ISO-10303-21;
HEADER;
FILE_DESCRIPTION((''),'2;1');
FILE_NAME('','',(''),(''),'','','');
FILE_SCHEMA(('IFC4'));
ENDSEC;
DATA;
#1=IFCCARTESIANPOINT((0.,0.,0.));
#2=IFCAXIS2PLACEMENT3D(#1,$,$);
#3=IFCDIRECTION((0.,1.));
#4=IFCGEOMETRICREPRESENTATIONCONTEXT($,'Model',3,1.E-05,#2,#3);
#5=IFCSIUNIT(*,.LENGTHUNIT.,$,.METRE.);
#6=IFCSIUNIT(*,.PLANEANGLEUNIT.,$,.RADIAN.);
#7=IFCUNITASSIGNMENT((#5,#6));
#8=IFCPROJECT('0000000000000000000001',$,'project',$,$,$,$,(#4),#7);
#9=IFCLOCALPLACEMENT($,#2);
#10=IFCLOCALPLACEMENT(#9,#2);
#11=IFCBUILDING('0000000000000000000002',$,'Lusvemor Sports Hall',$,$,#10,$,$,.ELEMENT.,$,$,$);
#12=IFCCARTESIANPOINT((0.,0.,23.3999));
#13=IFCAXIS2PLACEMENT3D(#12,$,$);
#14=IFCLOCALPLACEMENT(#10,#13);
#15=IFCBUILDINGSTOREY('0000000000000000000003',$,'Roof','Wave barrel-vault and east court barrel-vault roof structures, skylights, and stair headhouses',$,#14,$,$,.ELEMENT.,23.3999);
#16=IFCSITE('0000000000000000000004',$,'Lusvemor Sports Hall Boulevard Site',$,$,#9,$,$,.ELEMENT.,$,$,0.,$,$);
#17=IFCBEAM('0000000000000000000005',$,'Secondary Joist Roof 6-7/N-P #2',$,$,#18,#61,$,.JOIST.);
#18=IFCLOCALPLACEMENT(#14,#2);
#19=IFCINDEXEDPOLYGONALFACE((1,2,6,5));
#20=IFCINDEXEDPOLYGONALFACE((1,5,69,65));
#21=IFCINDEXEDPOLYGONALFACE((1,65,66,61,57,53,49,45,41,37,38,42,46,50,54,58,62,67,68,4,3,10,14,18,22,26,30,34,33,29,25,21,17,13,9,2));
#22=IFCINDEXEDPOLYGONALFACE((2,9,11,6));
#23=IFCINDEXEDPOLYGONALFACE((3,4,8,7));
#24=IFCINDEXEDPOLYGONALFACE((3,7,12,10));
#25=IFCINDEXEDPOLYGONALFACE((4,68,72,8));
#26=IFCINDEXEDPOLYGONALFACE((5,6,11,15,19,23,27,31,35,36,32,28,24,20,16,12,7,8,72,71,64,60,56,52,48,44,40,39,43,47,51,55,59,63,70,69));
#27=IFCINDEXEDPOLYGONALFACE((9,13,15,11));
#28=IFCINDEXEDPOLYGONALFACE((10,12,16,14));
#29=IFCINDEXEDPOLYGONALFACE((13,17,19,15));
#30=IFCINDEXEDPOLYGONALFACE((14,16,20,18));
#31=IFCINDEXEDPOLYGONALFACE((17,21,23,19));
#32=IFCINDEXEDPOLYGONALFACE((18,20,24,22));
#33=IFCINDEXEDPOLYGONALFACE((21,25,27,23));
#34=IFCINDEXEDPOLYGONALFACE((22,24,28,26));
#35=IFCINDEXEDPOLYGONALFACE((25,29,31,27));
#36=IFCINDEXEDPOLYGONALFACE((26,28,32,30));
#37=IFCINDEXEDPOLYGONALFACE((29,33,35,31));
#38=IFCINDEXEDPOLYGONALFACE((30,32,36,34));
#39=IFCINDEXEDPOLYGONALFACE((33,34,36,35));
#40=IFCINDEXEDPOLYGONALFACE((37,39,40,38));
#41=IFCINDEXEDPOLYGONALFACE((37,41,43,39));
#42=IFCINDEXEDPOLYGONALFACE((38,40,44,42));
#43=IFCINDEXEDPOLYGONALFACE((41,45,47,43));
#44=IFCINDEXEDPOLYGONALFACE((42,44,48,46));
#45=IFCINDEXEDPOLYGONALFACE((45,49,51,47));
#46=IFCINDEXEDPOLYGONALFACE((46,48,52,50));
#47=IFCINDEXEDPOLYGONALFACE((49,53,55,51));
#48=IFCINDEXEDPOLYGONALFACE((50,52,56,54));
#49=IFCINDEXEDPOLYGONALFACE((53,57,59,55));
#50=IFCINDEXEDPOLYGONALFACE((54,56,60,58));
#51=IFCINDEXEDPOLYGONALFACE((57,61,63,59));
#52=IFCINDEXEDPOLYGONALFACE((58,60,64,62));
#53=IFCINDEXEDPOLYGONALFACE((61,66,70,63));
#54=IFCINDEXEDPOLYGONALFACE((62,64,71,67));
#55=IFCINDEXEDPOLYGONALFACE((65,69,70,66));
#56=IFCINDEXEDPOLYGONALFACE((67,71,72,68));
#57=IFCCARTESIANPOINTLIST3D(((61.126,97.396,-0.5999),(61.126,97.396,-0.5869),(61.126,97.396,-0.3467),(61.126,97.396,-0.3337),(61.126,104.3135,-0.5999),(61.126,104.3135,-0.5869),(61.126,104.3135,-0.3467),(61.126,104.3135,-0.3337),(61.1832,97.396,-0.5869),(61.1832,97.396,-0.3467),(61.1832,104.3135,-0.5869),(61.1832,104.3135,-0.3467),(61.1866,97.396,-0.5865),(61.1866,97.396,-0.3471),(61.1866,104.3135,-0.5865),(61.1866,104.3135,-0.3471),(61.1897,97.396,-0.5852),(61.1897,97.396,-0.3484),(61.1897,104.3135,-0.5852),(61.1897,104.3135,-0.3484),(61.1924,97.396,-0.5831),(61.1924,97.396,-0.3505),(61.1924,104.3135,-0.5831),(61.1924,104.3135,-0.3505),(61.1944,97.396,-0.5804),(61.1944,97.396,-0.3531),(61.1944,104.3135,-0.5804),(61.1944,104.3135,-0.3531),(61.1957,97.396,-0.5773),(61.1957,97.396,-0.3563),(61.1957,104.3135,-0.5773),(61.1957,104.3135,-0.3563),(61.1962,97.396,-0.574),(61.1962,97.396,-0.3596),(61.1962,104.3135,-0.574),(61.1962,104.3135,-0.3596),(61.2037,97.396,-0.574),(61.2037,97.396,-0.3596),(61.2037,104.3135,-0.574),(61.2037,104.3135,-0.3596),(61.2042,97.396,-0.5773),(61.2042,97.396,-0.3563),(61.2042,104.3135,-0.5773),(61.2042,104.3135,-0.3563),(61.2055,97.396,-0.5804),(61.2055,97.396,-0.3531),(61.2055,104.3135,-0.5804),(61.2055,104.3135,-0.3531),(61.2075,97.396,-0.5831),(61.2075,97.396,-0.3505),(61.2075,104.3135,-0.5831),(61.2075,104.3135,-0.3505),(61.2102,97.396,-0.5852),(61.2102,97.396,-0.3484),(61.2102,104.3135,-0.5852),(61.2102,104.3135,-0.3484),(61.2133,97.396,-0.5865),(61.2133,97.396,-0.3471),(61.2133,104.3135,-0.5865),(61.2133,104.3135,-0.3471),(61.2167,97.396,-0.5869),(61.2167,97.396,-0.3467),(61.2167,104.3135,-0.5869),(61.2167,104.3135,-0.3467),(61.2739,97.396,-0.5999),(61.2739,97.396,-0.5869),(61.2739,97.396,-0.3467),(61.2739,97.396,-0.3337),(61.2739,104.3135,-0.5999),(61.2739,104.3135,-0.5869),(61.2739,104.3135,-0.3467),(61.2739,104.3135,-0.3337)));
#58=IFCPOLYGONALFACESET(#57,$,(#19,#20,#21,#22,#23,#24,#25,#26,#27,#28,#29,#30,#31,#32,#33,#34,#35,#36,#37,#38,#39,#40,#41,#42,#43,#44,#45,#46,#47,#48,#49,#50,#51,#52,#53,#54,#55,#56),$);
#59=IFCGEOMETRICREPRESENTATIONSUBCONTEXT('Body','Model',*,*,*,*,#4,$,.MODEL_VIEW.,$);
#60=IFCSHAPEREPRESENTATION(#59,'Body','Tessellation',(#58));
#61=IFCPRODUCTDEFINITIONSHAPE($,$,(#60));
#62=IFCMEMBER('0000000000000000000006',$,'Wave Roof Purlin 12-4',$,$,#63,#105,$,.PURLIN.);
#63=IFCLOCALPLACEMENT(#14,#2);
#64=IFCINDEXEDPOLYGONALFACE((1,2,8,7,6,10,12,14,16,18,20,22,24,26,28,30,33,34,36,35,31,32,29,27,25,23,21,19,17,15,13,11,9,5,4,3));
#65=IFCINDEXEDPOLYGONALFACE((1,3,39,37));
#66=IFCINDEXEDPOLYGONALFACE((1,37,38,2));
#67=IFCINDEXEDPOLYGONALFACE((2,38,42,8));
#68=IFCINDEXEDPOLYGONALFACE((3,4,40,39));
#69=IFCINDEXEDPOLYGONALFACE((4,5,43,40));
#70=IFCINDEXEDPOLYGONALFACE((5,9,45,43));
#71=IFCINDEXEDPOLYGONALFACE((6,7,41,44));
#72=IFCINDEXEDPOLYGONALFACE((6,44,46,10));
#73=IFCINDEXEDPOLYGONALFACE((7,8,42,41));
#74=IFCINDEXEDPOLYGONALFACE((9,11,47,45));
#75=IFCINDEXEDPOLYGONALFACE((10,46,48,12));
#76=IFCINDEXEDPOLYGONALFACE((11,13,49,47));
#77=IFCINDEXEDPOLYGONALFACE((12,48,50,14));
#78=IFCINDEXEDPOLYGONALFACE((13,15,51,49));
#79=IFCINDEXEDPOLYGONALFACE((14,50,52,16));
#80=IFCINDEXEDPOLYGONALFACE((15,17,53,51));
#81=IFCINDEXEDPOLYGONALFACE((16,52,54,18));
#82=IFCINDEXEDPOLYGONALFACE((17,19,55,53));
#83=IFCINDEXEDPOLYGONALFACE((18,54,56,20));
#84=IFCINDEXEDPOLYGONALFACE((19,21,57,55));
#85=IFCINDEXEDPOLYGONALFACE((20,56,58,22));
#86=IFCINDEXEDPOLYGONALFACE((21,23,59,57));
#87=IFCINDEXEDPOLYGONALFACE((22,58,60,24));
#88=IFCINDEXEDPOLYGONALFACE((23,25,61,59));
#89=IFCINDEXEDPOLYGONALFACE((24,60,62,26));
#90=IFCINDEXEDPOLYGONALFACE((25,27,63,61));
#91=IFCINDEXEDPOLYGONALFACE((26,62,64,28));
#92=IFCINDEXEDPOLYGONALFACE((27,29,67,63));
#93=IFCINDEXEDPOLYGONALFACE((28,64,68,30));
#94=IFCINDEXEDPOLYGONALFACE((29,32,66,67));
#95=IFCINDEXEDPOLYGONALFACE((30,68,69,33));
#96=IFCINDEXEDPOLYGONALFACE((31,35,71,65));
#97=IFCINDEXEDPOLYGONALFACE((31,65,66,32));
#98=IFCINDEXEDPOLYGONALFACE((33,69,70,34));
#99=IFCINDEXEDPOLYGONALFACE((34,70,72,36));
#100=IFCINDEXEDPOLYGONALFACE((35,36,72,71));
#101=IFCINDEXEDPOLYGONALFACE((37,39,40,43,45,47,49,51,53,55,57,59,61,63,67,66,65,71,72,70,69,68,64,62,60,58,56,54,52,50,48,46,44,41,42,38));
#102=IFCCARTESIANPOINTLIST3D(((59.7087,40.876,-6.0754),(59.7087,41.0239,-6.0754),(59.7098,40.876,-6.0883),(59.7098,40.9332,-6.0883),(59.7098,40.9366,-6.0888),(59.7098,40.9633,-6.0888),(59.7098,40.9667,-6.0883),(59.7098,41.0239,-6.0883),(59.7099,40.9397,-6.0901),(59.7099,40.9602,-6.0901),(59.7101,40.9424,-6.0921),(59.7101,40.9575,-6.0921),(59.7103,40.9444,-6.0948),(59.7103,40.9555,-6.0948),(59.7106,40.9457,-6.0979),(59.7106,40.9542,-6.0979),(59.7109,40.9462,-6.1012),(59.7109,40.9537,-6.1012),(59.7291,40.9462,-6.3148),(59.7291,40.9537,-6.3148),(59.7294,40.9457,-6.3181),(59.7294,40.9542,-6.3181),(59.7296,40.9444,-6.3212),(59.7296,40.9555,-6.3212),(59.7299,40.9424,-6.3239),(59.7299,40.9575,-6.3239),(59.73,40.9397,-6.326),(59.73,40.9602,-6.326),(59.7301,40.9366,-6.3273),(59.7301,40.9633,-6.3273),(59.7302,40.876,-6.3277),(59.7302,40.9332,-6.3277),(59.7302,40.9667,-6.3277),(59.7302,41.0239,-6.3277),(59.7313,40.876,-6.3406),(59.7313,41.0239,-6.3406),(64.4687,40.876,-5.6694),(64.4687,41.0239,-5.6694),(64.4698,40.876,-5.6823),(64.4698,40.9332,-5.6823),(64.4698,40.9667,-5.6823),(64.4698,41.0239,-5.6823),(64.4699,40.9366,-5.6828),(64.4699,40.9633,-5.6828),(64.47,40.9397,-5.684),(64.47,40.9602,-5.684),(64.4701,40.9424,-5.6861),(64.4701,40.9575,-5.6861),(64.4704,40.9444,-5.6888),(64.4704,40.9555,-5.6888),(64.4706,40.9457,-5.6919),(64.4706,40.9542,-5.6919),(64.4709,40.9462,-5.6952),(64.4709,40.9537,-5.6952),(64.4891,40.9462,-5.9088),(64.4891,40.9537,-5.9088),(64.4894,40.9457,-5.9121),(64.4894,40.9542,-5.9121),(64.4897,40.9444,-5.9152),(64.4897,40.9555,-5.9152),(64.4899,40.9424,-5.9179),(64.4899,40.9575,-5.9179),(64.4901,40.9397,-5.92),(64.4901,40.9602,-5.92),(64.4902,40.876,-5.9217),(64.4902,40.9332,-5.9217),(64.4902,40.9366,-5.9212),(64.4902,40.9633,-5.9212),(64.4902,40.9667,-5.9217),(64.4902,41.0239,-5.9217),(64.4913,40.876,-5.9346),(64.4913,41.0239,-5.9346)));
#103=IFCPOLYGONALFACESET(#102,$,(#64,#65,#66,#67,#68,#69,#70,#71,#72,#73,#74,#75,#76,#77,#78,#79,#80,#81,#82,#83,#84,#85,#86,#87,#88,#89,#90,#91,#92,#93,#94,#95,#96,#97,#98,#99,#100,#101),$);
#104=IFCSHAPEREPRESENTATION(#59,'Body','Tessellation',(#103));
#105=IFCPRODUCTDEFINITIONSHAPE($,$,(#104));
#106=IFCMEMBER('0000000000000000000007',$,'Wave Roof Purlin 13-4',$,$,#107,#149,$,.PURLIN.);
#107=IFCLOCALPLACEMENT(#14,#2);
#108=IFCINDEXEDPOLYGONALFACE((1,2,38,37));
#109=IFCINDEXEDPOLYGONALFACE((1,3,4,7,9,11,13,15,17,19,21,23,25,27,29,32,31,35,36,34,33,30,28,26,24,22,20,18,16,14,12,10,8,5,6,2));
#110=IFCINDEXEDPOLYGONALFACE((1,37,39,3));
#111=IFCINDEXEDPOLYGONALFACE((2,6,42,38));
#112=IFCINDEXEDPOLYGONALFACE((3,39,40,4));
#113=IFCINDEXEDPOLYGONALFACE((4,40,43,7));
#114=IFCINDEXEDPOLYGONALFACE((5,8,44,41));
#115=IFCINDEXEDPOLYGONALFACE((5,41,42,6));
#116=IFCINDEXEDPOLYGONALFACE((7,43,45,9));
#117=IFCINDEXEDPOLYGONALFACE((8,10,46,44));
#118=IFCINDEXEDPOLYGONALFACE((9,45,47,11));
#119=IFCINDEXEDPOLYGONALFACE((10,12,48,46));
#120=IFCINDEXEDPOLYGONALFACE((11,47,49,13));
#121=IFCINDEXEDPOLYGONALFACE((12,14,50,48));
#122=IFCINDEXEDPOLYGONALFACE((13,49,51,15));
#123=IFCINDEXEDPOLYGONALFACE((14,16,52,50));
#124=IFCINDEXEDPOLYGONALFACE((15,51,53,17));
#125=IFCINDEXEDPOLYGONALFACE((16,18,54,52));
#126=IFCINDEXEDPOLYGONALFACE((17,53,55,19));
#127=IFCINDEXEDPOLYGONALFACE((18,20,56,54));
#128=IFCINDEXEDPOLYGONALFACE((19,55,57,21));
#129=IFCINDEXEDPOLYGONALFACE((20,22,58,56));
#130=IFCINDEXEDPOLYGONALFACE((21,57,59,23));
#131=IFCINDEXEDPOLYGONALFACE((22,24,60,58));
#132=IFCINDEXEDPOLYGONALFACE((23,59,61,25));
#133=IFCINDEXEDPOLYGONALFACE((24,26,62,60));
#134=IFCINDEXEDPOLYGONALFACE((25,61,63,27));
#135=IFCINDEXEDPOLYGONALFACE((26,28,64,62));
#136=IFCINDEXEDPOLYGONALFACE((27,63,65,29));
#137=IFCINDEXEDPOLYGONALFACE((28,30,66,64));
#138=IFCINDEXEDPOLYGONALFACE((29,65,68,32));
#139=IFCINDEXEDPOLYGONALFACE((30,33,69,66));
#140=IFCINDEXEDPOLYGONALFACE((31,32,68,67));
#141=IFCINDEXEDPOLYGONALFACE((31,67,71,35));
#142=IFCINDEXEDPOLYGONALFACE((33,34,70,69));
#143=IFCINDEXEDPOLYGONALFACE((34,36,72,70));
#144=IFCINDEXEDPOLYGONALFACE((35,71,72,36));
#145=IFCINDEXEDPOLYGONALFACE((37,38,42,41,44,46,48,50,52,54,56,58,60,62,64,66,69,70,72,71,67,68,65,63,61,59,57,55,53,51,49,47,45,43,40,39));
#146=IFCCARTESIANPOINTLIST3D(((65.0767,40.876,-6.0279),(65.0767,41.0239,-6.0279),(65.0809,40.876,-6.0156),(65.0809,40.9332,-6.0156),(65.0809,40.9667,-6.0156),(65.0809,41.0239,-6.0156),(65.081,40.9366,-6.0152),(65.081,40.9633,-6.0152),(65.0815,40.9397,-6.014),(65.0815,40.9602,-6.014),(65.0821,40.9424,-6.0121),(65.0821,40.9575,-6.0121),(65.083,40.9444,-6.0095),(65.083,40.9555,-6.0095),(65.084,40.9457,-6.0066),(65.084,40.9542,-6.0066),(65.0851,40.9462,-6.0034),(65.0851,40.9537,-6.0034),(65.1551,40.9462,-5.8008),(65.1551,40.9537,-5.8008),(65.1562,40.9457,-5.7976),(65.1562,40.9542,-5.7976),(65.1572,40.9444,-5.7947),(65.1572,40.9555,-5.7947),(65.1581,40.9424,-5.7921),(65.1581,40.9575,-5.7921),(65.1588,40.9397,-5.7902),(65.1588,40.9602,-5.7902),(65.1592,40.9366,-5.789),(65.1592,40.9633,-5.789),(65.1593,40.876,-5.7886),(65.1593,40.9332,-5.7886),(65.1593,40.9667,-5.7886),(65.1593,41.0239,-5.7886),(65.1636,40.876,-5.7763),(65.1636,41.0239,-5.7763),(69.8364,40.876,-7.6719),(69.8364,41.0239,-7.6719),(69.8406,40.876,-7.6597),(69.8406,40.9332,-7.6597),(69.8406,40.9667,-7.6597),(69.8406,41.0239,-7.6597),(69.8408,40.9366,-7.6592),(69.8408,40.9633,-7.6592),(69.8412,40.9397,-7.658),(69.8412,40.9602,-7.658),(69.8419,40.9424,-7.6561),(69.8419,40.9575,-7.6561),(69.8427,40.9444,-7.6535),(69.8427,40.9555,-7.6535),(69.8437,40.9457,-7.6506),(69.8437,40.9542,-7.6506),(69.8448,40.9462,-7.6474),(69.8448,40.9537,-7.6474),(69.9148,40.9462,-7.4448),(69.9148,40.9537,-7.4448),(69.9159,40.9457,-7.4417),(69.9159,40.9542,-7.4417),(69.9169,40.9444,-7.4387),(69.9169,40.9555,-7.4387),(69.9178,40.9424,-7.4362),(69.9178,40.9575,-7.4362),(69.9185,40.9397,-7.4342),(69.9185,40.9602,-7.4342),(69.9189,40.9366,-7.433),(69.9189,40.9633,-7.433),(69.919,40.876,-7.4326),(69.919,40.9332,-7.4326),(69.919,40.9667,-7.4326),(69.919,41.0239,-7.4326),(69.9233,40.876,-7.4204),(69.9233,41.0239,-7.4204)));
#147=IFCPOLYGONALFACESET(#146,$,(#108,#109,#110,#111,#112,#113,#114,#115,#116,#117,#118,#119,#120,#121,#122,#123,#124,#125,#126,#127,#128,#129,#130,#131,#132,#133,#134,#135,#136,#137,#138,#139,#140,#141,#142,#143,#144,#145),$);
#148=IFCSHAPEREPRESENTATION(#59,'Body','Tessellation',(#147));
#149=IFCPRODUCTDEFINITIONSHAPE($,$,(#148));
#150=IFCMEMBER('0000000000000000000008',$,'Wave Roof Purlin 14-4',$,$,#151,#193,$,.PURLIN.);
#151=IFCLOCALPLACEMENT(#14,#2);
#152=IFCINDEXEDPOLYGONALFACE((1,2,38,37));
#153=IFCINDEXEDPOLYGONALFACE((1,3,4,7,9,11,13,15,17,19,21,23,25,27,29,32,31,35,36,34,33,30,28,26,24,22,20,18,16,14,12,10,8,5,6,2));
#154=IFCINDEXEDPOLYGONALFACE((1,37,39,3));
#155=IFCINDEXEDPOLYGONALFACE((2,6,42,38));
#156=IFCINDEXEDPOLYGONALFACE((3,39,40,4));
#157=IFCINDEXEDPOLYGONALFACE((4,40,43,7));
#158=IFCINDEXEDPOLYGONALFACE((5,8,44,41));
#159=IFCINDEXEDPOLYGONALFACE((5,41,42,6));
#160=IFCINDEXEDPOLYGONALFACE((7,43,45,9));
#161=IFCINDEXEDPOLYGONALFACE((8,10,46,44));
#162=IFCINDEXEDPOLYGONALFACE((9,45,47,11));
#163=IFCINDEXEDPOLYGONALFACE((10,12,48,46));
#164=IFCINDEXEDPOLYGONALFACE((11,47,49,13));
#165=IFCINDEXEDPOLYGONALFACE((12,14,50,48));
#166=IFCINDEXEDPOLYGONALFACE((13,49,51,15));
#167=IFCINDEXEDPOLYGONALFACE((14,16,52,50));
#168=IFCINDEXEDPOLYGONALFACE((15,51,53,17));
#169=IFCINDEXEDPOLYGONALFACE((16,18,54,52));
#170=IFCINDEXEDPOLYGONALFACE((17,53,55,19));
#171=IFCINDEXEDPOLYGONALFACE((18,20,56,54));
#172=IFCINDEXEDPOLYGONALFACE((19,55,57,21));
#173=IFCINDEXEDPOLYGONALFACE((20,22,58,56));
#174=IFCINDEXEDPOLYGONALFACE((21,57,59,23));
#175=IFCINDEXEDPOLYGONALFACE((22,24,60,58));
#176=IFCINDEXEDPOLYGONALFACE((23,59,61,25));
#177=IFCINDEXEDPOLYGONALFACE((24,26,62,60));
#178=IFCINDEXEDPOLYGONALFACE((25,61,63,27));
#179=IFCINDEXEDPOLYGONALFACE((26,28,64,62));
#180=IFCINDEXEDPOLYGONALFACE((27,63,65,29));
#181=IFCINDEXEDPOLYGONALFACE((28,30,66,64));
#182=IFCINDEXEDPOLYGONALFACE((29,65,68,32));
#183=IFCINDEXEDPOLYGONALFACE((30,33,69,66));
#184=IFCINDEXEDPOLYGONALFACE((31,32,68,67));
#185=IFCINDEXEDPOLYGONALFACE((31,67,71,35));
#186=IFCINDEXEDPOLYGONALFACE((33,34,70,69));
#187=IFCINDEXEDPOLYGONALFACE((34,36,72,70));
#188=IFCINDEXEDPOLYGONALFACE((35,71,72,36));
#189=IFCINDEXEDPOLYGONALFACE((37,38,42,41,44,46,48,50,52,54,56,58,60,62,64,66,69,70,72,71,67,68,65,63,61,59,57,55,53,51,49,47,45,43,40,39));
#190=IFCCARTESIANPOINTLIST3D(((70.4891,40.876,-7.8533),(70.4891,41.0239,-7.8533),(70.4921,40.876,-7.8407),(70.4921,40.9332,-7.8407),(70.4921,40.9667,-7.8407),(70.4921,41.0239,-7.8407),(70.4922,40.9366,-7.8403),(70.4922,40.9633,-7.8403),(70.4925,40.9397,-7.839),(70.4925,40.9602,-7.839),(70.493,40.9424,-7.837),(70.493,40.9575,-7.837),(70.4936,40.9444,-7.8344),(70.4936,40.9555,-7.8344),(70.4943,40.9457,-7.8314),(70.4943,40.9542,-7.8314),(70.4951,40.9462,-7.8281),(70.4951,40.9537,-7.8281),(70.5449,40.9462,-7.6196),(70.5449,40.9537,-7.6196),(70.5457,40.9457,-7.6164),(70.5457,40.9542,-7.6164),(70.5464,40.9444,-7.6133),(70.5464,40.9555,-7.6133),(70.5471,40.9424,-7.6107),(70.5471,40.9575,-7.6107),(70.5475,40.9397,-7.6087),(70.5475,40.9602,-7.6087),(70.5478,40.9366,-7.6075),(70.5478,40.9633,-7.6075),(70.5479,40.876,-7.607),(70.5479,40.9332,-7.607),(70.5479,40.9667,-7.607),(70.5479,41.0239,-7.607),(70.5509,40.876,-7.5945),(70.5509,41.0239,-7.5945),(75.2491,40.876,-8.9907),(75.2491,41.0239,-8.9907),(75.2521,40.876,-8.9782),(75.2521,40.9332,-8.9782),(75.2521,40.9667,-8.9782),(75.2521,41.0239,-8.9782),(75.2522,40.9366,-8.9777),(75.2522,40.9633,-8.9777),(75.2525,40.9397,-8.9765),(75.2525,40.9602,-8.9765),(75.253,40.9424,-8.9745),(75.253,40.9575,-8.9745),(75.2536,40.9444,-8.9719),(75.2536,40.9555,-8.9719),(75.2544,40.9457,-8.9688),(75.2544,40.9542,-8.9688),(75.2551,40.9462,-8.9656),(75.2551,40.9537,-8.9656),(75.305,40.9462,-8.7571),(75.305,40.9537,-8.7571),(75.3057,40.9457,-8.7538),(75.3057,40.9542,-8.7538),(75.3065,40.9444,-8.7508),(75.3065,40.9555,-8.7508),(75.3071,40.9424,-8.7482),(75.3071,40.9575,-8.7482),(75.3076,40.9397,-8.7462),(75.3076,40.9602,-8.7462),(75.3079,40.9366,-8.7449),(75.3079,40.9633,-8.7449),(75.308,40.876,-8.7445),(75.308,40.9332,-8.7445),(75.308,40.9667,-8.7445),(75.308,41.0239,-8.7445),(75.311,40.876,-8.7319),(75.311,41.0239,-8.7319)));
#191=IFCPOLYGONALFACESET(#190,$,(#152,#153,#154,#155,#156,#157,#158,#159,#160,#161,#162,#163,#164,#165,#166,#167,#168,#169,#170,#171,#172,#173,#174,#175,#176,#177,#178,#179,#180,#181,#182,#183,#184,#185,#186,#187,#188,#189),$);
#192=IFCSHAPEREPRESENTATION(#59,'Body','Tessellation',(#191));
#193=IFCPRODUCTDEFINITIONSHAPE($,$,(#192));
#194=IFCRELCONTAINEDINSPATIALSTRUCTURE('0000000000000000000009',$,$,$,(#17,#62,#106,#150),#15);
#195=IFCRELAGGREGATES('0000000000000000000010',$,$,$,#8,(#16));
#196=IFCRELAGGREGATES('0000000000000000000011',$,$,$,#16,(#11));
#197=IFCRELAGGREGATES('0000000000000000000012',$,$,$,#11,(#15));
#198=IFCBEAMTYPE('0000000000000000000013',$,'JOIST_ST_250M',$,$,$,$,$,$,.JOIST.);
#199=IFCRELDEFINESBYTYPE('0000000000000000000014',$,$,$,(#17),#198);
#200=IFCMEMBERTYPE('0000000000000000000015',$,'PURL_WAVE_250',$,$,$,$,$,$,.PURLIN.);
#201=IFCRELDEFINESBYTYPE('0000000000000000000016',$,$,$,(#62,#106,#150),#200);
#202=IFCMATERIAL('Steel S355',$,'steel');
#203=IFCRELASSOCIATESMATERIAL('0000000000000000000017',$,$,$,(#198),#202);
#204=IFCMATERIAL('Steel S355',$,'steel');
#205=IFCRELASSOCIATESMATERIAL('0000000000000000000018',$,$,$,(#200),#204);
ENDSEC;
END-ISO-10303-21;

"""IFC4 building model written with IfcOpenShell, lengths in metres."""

from ifc_helpers import new_model, si_unit, direction, frame, origin, origin_2d, place, context, subcontext, project, spatial, i_section, extrude, material, material_profile, profile_set, type_object, element, save


model = new_model("IFC4")

# Units and contexts
model_context = context("Model", 3, precision=1e-05, world=origin(), true_north=direction((0.0, 1.0)))
body_context = subcontext(model_context, "Body", "Model", "MODEL_VIEW")
ifc_project = project(units=[si_unit("LENGTHUNIT", "METRE"), si_unit("PLANEANGLEUNIT", "RADIAN")], contexts=[model_context])

# Site, building, storey
site_placement = place(None, origin())
site = spatial("IfcSite", under=ifc_project, at=site_placement, Name="Lusvemor Sports Hall Boulevard Site", CompositionType="ELEMENT", RefElevation=0.0)
building_placement = place(site_placement, origin())
building = spatial("IfcBuilding", under=site, at=building_placement, Name="Lusvemor Sports Hall", CompositionType="ELEMENT")
storey_placement = place(building_placement, frame((0.0, 0.0, 23.3999)))
storey = spatial("IfcBuildingStorey", under=building, at=storey_placement, Name="Roof", Description="Wave barrel-vault and east court barrel-vault roof structures, skylights, and stair headhouses", CompositionType="ELEMENT", Elevation=23.3999)

# Beam
ifc_material_1 = material(Name="Steel S355", Category="steel")
ifc_material_profile_1 = material_profile(ifc_material_1, i_section(OverallWidth=0.1479, OverallDepth=0.2661, WebThickness=0.0076, FlangeThickness=0.0129, FilletRadius=0.0129, at=origin_2d()), Name="W250x44.8")
ifc_profile_set_1 = profile_set([ifc_material_profile_1], Name="Steel S355")
beam_type_1 = type_object("IfcBeamType", Name="JOIST_ST_250M", PredefinedType="JOIST", material=ifc_profile_set_1)
beam_1_placement = place(storey_placement, frame((61.2, 97.396, -0.4668), z_axis=(0.0, 1.0, 0.0), x_axis=(-1.0, 0.0, 0.0)))
element("IfcBeam", 1, at=beam_1_placement, inside=storey, type_object=beam_type_1, Name="Secondary Joist Roof 6-7/N-P #2", PredefinedType="JOIST", context=body_context, shape_type="SweptSolid", body=[
    extrude(i_section(OverallWidth=0.1479, OverallDepth=0.2661, WebThickness=0.0076, FlangeThickness=0.0129, FilletRadius=0.0129, at=origin_2d()), origin(), (0.0, 0.0, 1.0), 6.9175),
])

# Members
ifc_material_2 = material(Name="Steel S355", Category="steel")
ifc_material_profile_2 = material_profile(ifc_material_2, i_section(OverallWidth=0.1479, OverallDepth=0.2661, WebThickness=0.0076, FlangeThickness=0.0129, FilletRadius=0.0129, at=origin_2d()), Name="W250x44.8")
ifc_profile_set_2 = profile_set([ifc_material_profile_2], Name="Steel S355")
member_type = type_object("IfcMemberType", Name="PURL_WAVE_250", PredefinedType="PURLIN", material=ifc_profile_set_2)
member_1_placement = place(storey_placement, frame((59.72, 40.95, -6.208), z_axis=(0.996382, 0.0, 0.084987), x_axis=(0.0, 1.0, 0.0)))
element("IfcMember", 2, at=member_1_placement, inside=storey, type_object=member_type, Name="Wave Roof Purlin 12-4", PredefinedType="PURLIN", context=body_context, shape_type="SweptSolid", body=[
    extrude(i_section(OverallWidth=0.1479, OverallDepth=0.2661, WebThickness=0.0076, FlangeThickness=0.0129, FilletRadius=0.0129, at=origin_2d()), origin(), (0.0, 0.0, 1.0), 4.7773),
])
member_2_placement = place(storey_placement, frame((65.1201, 40.95, -5.9021), z_axis=(0.945205, 0.0, -0.326478), x_axis=(0.0, 1.0, 0.0)))
element("IfcMember", 3, at=member_2_placement, inside=storey, type_object=member_type, Name="Wave Roof Purlin 13-4", PredefinedType="PURLIN", context=body_context, shape_type="SweptSolid", body=[
    extrude(i_section(OverallWidth=0.1479, OverallDepth=0.2661, WebThickness=0.0076, FlangeThickness=0.0129, FilletRadius=0.0129, at=origin_2d()), origin(), (0.0, 0.0, 1.0), 5.0356),
])
member_3_placement = place(storey_placement, frame((70.52, 40.95, -7.7239), z_axis=(0.972616, 0.0, -0.232416), x_axis=(0.0, 1.0, 0.0)))
element("IfcMember", 4, at=member_3_placement, inside=storey, type_object=member_type, Name="Wave Roof Purlin 14-4", PredefinedType="PURLIN", context=body_context, shape_type="SweptSolid", body=[
    extrude(i_section(OverallWidth=0.1479, OverallDepth=0.2661, WebThickness=0.0076, FlangeThickness=0.0129, FilletRadius=0.0129, at=origin_2d()), origin(), (0.0, 0.0, 1.0), 4.894),
])

save(model, "model.ifc")
